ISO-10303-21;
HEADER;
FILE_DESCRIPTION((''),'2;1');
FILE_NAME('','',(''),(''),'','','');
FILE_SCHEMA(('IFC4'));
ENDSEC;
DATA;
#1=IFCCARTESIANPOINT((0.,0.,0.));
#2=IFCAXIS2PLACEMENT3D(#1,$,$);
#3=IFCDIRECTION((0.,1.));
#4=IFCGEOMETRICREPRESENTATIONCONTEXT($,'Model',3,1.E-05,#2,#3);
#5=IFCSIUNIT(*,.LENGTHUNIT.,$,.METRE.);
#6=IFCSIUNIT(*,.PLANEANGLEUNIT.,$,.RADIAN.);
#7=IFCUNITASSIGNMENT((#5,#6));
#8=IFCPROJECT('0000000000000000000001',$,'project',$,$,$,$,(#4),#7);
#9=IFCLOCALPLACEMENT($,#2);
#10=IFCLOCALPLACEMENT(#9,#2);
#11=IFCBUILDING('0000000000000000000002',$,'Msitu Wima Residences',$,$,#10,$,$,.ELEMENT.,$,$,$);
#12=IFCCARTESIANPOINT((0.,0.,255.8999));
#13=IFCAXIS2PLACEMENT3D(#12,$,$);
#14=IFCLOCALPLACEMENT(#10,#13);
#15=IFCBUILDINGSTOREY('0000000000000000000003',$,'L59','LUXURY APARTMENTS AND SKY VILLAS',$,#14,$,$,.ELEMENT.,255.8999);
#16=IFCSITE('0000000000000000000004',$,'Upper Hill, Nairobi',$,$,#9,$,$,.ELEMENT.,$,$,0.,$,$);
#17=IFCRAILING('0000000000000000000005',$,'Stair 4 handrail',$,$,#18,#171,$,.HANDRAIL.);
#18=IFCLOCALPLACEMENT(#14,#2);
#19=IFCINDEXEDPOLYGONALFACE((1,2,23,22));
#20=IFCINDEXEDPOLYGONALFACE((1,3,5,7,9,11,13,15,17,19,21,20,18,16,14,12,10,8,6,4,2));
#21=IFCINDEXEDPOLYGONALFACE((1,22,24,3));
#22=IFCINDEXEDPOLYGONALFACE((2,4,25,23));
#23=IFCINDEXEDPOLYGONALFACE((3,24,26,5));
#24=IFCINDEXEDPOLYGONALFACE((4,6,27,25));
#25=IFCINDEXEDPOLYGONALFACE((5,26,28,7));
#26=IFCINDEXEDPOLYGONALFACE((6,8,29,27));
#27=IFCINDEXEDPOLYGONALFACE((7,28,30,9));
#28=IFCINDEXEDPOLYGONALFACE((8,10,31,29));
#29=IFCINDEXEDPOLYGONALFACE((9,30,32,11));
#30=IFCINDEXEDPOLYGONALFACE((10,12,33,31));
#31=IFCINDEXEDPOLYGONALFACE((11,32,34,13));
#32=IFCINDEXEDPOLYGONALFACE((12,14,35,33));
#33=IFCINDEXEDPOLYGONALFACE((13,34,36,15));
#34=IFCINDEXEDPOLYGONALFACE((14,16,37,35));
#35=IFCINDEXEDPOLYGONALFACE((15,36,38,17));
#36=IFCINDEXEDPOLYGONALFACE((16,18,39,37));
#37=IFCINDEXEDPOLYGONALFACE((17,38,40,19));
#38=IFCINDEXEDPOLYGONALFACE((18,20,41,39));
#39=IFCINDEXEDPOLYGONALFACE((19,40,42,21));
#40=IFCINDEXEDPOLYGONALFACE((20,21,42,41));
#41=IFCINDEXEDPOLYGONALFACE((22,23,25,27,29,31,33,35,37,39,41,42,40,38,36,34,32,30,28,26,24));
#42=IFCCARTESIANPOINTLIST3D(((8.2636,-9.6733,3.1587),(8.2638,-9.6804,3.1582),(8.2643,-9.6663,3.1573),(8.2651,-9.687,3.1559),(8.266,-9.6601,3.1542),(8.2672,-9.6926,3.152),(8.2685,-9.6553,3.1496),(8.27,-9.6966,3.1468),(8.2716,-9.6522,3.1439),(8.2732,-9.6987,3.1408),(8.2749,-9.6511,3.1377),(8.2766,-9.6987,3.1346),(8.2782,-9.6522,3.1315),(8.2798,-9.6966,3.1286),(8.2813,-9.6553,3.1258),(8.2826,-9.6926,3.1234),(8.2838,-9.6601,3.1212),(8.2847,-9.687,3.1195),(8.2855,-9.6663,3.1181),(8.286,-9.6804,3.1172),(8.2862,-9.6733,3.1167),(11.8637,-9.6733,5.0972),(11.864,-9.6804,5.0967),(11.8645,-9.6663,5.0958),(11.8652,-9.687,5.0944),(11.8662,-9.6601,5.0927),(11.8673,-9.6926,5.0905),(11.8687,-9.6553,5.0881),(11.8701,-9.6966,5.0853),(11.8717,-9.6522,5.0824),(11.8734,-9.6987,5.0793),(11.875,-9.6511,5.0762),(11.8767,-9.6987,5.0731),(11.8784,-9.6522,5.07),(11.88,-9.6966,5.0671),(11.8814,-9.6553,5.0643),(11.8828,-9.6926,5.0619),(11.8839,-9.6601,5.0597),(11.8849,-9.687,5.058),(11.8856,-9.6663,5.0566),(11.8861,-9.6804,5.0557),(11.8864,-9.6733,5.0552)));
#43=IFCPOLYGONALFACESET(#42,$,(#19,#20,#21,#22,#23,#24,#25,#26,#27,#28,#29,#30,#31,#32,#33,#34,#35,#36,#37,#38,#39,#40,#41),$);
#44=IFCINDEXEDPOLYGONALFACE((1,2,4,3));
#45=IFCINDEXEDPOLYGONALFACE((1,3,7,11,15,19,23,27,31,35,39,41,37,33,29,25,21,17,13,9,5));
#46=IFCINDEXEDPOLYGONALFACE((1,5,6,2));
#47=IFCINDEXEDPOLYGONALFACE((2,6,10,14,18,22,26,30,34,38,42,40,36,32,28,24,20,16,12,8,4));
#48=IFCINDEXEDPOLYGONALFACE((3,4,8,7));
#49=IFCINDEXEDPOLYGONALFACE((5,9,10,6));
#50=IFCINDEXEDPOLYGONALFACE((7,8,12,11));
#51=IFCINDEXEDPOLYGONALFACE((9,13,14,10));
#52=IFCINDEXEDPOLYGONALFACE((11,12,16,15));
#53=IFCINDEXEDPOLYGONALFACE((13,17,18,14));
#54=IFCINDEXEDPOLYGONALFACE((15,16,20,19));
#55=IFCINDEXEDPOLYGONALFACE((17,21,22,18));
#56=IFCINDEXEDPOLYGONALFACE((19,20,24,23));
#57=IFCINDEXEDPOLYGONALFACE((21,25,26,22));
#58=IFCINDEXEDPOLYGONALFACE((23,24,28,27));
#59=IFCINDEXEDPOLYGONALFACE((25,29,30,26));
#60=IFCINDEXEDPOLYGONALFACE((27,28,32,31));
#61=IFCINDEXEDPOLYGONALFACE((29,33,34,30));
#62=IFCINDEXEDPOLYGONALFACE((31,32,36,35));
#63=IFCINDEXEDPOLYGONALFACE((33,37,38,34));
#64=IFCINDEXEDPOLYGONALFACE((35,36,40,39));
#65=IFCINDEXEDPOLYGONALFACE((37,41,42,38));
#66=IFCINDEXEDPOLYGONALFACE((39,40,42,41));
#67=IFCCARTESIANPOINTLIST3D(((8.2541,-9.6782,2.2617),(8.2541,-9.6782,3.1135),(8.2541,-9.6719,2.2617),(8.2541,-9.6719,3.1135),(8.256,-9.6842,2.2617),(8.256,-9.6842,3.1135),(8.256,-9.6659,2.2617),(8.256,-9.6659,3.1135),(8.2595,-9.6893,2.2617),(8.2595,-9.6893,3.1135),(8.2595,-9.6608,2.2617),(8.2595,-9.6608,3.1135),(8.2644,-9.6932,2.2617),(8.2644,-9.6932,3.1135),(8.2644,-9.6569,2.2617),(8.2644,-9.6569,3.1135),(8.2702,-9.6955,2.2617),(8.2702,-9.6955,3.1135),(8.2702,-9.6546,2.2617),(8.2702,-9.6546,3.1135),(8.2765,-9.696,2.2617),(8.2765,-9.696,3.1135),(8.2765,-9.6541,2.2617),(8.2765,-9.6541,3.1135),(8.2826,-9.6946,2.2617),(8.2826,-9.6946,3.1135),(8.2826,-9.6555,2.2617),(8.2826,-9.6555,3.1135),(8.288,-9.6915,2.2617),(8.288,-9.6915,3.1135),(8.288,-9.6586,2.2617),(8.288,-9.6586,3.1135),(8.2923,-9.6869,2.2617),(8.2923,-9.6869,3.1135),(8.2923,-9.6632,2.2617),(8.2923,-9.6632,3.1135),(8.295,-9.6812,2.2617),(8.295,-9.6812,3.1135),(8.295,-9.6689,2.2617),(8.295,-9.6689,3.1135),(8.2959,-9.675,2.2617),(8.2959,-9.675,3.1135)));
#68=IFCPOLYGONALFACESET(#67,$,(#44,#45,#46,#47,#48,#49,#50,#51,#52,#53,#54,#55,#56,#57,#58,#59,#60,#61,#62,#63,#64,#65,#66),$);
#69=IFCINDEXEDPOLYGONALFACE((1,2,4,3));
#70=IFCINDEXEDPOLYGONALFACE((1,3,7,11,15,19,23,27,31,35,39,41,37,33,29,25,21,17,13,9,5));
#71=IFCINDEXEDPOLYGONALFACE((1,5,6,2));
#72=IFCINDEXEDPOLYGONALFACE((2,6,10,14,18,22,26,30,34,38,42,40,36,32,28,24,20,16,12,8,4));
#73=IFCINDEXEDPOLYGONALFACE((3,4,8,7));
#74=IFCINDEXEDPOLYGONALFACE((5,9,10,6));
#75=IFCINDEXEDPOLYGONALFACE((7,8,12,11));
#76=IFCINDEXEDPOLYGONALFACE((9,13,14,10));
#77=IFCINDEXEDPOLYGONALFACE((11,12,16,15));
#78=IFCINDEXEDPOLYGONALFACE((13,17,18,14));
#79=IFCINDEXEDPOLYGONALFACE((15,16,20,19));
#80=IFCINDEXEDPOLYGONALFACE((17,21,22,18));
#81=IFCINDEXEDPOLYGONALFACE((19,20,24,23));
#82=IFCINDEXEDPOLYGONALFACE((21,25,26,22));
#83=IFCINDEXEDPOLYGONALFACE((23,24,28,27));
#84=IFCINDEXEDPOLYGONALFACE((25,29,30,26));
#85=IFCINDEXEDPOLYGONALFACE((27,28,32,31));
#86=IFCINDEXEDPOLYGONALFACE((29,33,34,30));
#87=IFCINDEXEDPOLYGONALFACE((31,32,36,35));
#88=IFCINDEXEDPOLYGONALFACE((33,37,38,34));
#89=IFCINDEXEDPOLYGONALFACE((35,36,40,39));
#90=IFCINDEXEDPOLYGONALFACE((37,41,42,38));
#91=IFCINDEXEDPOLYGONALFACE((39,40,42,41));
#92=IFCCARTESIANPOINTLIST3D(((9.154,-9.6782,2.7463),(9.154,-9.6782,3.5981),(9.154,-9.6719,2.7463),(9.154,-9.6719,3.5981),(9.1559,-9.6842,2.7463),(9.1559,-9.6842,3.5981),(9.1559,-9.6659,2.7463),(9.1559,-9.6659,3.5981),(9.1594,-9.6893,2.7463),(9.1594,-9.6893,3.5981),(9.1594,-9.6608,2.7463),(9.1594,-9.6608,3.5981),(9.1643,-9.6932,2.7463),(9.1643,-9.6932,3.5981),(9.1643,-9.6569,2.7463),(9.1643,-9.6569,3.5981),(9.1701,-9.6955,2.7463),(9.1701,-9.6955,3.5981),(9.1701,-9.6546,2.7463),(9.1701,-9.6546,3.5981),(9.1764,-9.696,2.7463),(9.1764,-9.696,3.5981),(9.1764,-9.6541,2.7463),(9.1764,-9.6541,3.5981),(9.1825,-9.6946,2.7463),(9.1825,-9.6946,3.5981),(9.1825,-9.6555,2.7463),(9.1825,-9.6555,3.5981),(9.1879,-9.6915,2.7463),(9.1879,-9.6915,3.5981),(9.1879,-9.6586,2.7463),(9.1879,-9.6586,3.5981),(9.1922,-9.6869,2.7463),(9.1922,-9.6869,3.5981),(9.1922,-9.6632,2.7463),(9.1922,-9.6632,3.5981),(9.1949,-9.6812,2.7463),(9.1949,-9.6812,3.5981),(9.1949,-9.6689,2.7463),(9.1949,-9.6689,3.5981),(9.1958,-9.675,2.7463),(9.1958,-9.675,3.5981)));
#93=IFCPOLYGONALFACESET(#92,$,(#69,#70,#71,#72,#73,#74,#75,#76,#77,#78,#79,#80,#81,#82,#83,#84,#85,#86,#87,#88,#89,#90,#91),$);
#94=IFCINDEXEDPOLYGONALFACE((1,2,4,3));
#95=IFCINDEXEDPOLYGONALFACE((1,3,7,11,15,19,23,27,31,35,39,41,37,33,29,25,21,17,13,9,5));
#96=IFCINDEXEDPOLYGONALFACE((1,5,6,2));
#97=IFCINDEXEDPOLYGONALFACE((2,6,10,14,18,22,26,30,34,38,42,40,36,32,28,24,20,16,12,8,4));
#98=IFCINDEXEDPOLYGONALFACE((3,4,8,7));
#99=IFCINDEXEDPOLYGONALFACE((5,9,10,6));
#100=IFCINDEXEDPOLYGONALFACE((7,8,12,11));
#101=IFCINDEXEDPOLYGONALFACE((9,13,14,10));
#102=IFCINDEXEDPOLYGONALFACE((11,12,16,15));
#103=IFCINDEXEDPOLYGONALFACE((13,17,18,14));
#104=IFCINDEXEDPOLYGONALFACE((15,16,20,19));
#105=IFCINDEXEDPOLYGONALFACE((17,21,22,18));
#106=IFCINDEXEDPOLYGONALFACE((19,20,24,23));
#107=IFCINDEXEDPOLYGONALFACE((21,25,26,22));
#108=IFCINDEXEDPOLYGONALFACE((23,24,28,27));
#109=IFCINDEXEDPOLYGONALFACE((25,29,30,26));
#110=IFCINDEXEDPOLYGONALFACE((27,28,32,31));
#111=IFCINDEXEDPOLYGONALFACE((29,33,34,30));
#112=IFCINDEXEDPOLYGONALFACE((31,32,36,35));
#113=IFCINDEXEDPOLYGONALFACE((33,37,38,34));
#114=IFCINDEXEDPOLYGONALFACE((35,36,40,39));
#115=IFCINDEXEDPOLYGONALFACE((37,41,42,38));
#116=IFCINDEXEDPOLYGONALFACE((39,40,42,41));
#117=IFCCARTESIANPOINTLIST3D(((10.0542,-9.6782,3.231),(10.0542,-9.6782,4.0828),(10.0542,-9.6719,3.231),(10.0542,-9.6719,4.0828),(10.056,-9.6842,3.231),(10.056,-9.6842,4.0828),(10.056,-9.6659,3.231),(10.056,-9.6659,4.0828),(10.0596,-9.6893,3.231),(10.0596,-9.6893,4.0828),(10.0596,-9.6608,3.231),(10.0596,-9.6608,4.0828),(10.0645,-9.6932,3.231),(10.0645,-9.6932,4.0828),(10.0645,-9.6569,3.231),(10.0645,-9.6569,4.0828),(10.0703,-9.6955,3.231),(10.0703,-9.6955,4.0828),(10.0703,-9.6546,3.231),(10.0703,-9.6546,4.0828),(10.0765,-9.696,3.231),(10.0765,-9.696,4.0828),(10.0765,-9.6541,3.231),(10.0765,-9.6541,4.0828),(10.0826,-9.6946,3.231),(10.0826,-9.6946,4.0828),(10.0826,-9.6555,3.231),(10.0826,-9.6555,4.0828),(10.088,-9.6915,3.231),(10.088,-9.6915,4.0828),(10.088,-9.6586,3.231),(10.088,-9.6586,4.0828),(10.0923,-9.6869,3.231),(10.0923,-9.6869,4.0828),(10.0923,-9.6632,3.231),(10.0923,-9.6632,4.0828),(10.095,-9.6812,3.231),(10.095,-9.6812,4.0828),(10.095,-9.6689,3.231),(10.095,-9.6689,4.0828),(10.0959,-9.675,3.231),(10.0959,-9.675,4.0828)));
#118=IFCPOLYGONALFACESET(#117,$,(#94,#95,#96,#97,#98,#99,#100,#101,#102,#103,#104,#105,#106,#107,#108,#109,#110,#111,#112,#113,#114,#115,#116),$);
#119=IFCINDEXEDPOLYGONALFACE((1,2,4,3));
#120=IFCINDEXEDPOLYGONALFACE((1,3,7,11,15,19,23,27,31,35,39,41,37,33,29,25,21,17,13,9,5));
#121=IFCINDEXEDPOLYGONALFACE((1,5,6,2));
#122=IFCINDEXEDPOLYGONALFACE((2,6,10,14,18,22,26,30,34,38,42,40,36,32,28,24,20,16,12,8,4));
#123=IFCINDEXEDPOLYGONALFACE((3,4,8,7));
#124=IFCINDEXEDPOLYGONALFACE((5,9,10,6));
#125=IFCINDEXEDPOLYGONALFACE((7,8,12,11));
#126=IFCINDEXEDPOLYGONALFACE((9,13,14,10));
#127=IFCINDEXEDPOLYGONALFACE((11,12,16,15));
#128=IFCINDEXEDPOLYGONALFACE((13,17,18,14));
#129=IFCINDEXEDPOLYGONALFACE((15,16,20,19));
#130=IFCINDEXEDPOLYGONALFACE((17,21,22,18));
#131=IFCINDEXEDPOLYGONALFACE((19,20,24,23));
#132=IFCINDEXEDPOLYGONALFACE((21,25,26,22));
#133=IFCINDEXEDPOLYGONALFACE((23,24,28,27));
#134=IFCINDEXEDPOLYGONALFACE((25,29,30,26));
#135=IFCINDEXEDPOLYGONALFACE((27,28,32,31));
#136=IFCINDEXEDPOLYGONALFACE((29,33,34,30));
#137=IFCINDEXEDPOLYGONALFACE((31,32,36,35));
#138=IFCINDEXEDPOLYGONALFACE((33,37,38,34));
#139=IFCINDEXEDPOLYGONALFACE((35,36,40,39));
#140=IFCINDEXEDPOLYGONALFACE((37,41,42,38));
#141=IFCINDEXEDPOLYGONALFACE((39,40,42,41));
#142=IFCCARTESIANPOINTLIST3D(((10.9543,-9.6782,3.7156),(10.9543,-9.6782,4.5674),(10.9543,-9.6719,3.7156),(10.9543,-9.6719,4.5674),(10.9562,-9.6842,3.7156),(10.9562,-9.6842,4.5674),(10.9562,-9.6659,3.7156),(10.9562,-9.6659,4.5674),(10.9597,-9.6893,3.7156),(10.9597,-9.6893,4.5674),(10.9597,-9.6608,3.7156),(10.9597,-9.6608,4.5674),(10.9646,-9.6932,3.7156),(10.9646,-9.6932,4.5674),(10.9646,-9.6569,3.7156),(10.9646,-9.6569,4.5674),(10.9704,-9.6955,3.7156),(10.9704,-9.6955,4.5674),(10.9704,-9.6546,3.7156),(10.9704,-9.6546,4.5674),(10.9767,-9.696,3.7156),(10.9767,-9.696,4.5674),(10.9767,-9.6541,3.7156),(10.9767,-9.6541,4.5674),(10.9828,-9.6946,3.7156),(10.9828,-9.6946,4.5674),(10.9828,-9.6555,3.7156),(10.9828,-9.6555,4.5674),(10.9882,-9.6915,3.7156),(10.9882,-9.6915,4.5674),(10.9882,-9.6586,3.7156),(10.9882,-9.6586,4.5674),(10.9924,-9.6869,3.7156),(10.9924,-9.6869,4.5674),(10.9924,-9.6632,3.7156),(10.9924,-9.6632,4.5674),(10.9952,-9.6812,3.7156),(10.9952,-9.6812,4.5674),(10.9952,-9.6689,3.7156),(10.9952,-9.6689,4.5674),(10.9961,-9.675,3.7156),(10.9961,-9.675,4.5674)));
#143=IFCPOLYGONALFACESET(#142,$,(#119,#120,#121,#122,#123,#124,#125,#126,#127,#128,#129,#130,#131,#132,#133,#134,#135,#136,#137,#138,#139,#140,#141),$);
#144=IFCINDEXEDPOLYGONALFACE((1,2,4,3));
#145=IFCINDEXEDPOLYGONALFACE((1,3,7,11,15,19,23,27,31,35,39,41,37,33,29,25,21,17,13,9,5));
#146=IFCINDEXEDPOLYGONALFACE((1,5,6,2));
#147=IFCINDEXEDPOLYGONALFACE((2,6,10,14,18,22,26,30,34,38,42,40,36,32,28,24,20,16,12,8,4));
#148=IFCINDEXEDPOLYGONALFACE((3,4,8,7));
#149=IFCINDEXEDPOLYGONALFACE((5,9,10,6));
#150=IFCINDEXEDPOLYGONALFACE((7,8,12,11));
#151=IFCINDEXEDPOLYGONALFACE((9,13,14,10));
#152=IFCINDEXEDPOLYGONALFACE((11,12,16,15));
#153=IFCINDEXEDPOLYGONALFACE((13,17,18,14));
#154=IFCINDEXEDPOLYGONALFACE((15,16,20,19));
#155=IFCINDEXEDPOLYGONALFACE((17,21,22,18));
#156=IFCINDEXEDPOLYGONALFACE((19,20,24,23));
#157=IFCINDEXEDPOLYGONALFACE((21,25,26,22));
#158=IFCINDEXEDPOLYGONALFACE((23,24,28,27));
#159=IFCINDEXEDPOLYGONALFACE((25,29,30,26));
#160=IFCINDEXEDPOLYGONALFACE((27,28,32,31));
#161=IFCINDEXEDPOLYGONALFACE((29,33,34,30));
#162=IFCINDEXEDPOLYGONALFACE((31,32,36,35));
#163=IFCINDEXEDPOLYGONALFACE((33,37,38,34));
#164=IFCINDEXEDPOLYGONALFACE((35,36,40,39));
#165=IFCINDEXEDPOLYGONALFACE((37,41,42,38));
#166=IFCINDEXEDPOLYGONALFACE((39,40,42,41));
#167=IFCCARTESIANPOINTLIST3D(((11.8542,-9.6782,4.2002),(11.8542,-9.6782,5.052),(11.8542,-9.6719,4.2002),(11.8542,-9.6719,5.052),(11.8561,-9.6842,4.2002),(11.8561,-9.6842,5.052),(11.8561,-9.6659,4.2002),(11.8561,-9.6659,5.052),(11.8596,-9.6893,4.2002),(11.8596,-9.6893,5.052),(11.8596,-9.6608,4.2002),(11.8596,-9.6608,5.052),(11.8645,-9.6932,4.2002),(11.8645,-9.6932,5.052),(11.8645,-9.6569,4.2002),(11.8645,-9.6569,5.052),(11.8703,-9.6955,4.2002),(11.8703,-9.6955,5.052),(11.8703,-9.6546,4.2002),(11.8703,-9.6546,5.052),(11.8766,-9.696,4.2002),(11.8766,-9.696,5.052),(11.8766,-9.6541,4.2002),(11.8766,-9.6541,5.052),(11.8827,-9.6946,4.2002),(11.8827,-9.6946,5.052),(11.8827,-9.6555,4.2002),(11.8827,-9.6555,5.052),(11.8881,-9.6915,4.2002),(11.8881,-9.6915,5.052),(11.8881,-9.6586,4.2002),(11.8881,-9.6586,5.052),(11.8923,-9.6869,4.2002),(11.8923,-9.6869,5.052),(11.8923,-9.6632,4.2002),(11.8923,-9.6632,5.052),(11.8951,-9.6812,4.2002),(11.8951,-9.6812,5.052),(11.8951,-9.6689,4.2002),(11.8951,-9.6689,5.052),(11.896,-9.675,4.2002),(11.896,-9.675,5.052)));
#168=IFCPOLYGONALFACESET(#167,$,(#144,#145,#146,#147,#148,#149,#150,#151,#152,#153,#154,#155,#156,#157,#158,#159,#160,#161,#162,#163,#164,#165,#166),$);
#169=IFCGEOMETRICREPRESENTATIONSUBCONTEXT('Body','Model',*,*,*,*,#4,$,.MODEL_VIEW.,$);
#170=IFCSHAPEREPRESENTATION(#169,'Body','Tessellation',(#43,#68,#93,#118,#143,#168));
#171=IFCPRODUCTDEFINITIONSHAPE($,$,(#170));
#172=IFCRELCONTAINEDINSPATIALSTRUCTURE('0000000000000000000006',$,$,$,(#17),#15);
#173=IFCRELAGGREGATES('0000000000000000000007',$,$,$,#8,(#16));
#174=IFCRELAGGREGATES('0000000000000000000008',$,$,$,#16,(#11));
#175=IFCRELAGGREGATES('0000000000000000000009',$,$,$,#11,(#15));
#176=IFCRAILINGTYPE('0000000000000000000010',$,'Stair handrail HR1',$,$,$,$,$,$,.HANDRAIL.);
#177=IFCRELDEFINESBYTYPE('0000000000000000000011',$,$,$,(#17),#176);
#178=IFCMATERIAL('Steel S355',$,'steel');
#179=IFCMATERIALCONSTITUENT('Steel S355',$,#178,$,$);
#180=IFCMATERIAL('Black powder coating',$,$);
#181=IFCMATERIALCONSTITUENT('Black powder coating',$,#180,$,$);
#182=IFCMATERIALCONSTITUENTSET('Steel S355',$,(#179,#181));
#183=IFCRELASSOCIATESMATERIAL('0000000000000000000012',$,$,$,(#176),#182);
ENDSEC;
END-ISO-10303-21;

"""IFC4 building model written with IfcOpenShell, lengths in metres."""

from ifc_helpers import new_model, si_unit, direction, frame, origin, origin_2d, place, context, subcontext, project, spatial, circle, extrude, material, constituent, constituent_set, type_object, element, save


model = new_model("IFC4")

# Units and contexts
model_context = context("Model", 3, precision=1e-05, world=origin(), true_north=direction((0.0, 1.0)))
body_context = subcontext(model_context, "Body", "Model", "MODEL_VIEW")
ifc_project = project(units=[si_unit("LENGTHUNIT", "METRE"), si_unit("PLANEANGLEUNIT", "RADIAN")], contexts=[model_context])

# Site, building, storey
site_placement = place(None, origin())
site = spatial("IfcSite", under=ifc_project, at=site_placement, Name="Upper Hill, Nairobi", CompositionType="ELEMENT", RefElevation=0.0)
building_placement = place(site_placement, origin())
building = spatial("IfcBuilding", under=site, at=building_placement, Name="Msitu Wima Residences", CompositionType="ELEMENT")
storey_placement = place(building_placement, frame((0.0, 0.0, 255.8999)))
storey = spatial("IfcBuildingStorey", under=building, at=storey_placement, Name="L59", Description="LUXURY APARTMENTS AND SKY VILLAS", CompositionType="ELEMENT", Elevation=255.8999)

# Railing
ifc_material_1 = material(Name="Steel S355", Category="steel")
ifc_constituent_1 = constituent(ifc_material_1, Name="Steel S355")
ifc_material_2 = material(Name="Black powder coating")
ifc_constituent_2 = constituent(ifc_material_2, Name="Black powder coating")
ifc_constituent_set = constituent_set(constituents=[ifc_constituent_1, ifc_constituent_2], Name="Steel S355")
railing_type = type_object("IfcRailingType", Name="Stair handrail HR1", PredefinedType="HANDRAIL", material=ifc_constituent_set)
for number, where, name in (
    (1, (8.2749, -9.675, 2.2617), "Stair 4 handrail"),
):
    element("IfcRailing", number, at=place(storey_placement, frame(where)), inside=storey, type_object=railing_type, Name=name, PredefinedType="HANDRAIL", context=body_context, shape_type="SweptSolid", body=[
        extrude(circle(Radius=0.0239, at=origin_2d()), frame((0.0, 0.0, 0.876), z_axis=(0.880475, 0.0, 0.474093), x_axis=(0.0, 1.0, 0.0)), (0.0, 0.0, 1.0), 4.0889),
        extrude(circle(Radius=0.021, at=origin_2d()), origin(), (0.0, 0.0, 1.0), 0.8518),
        extrude(circle(Radius=0.021, at=origin_2d()), frame((0.8999, 0.0, 0.4846)), (0.0, 0.0, 1.0), 0.8518),
        extrude(circle(Radius=0.021, at=origin_2d()), frame((1.8, 0.0, 0.9692)), (0.0, 0.0, 1.0), 0.8518),
        extrude(circle(Radius=0.021, at=origin_2d()), frame((2.7002, 0.0, 1.4539)), (0.0, 0.0, 1.0), 0.8518),
        extrude(circle(Radius=0.021, at=origin_2d()), frame((3.6001, 0.0, 1.9385)), (0.0, 0.0, 1.0), 0.8518),
    ])

save(model, "model.ifc")
